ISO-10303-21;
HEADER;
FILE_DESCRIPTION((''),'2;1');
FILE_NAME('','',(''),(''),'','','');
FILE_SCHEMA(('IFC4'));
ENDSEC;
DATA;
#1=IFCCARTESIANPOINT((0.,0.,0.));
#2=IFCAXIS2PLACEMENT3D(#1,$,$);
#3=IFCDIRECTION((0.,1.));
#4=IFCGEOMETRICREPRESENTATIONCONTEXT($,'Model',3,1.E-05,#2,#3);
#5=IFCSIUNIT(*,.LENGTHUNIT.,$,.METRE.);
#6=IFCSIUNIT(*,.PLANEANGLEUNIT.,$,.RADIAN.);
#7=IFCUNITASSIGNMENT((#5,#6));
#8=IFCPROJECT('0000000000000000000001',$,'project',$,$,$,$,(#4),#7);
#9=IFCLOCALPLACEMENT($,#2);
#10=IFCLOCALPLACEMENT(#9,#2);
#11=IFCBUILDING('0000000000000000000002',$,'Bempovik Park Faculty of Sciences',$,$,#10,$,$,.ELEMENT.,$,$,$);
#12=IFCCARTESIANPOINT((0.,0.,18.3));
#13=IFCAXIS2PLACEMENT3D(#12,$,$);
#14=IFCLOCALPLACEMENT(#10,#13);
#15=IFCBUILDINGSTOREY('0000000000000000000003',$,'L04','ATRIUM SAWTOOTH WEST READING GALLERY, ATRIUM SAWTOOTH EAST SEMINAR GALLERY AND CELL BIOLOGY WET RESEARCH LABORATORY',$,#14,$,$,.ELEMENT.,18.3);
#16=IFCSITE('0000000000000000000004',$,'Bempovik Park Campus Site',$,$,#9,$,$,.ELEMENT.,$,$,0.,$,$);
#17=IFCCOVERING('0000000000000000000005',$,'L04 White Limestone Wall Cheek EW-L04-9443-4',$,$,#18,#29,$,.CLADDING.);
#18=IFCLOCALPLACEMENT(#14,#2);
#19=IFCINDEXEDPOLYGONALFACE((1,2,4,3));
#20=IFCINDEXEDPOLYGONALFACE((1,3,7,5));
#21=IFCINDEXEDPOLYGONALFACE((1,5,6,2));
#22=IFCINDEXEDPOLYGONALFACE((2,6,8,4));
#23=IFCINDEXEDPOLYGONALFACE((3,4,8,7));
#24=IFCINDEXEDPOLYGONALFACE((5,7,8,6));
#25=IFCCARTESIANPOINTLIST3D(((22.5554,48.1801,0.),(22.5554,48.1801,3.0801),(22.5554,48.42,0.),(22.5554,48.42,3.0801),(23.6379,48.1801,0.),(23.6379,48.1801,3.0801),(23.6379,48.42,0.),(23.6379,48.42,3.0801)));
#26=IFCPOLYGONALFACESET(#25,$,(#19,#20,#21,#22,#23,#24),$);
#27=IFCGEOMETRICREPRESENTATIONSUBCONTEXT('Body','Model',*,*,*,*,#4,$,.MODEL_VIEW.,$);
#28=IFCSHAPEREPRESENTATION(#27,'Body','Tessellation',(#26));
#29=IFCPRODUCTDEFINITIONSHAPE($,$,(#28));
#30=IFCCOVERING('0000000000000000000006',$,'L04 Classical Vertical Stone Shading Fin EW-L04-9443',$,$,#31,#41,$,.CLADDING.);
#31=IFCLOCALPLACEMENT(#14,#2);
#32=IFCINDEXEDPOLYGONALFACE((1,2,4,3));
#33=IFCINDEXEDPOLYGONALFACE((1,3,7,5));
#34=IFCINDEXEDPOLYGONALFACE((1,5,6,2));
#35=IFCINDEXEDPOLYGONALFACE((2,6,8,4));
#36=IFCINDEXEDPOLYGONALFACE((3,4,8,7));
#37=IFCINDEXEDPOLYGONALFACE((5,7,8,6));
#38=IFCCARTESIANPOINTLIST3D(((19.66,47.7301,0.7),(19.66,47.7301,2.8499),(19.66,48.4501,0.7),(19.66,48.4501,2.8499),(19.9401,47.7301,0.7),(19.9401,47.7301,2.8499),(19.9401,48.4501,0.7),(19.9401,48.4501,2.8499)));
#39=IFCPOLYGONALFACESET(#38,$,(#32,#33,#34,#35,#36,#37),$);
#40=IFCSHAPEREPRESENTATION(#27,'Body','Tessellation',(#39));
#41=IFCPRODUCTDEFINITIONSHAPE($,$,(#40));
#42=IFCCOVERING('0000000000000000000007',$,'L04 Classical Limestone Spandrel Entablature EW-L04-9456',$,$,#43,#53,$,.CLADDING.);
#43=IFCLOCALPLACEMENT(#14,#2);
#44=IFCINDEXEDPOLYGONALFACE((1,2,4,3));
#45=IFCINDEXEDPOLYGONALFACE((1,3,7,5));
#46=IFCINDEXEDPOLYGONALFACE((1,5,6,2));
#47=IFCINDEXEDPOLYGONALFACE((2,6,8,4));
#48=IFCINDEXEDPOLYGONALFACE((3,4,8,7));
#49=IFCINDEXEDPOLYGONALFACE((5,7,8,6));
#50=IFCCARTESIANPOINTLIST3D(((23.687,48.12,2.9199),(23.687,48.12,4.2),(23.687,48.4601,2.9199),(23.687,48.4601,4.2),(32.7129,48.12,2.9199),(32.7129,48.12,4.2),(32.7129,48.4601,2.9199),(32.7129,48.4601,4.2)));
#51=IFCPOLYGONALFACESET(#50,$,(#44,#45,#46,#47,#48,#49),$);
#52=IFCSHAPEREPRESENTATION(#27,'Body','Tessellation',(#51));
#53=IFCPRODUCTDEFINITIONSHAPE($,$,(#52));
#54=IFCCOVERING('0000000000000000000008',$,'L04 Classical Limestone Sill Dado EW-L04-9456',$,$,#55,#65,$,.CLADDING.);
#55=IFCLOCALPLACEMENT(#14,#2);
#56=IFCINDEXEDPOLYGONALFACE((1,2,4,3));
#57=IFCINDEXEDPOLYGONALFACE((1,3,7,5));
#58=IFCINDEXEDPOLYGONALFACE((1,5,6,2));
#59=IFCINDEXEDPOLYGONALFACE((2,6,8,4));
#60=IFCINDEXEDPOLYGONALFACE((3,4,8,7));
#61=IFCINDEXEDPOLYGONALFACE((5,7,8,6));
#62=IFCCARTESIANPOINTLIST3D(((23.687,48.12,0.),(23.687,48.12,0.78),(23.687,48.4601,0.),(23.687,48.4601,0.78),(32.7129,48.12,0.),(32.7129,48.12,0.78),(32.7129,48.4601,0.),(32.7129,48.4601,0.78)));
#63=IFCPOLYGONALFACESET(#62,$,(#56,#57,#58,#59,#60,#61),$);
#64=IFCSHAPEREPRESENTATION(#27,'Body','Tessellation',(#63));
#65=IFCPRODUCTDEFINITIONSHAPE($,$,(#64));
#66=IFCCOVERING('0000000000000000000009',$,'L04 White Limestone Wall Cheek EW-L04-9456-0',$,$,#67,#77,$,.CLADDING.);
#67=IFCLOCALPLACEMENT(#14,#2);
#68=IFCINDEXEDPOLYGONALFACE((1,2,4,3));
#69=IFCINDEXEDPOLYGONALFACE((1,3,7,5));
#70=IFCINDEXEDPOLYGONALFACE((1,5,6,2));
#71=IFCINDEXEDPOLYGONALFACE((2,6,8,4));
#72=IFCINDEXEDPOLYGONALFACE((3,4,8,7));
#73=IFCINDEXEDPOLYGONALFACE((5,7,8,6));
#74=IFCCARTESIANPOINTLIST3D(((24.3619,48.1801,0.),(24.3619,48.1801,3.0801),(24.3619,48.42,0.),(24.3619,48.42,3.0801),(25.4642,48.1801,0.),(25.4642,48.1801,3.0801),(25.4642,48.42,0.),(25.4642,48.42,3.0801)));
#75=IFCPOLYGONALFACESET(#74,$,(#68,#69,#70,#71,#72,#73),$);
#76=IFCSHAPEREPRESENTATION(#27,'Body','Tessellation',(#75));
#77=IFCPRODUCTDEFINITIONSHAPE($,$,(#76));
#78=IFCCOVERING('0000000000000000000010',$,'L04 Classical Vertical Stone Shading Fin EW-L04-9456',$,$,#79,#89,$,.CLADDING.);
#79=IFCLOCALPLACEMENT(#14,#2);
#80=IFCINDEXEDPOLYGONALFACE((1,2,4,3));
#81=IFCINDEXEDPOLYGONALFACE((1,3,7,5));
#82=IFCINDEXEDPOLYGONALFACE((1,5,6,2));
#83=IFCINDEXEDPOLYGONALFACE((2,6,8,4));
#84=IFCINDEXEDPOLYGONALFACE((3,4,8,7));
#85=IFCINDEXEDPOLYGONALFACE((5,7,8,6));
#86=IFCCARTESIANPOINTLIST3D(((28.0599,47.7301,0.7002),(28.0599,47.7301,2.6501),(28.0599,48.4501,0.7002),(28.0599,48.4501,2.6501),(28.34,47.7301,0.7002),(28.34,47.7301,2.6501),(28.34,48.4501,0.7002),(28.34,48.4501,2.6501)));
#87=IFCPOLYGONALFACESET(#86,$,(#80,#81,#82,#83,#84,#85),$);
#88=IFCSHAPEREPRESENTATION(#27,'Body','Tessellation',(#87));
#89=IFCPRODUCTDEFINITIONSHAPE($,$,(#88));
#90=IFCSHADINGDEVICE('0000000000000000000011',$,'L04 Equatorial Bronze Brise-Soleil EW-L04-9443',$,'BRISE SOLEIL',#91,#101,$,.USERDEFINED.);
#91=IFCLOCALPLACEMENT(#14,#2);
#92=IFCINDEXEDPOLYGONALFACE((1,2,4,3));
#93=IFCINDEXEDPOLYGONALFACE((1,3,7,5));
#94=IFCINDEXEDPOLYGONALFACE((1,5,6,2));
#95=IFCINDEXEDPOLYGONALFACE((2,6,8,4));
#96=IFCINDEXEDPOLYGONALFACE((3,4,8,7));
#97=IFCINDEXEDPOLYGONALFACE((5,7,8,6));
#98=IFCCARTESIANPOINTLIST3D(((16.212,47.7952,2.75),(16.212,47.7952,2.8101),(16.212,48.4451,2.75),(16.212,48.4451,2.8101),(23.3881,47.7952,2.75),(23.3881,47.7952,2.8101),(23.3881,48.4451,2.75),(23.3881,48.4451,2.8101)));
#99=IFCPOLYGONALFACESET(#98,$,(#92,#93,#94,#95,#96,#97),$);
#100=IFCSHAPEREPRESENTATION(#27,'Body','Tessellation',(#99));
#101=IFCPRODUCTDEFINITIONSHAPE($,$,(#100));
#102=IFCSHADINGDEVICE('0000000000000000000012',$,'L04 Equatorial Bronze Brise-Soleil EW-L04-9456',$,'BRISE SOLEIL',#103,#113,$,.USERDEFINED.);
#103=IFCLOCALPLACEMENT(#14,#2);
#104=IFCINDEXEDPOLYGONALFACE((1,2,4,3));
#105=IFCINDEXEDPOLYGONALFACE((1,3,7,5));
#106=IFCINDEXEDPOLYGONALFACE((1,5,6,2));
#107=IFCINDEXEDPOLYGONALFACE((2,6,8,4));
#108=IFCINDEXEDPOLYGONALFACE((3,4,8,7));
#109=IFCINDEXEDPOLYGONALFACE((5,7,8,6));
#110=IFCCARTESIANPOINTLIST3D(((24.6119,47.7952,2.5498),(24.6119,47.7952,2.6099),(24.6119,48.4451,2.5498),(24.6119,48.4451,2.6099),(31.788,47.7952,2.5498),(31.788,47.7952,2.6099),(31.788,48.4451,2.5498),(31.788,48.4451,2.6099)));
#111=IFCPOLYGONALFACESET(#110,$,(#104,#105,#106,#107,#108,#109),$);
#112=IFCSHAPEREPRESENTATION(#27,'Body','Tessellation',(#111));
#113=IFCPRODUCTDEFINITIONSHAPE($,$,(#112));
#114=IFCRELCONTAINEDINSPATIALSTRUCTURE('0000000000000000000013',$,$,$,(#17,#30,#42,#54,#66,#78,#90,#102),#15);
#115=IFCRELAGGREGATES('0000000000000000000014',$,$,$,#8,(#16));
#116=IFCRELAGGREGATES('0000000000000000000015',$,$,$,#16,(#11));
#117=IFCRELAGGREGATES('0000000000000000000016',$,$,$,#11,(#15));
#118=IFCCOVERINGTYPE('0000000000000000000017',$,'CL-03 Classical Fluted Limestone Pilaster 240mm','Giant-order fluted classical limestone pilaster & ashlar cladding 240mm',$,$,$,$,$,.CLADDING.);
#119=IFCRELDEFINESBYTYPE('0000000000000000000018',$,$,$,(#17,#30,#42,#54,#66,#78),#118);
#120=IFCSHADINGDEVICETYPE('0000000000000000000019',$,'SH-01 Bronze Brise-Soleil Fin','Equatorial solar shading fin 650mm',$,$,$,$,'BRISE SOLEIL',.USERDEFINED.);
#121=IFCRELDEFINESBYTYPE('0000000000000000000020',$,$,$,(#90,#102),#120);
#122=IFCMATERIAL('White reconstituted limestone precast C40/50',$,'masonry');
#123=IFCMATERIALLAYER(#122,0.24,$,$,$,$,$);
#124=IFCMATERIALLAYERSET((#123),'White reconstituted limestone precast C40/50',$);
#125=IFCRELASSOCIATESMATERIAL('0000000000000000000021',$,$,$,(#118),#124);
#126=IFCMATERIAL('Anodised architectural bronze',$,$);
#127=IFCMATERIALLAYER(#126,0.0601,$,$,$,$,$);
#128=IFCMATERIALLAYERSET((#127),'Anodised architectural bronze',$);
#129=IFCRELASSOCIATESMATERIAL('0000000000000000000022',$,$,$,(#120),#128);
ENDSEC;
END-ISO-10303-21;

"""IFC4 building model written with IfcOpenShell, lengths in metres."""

from ifc_helpers import new_model, si_unit, direction, frame, origin, origin_2d, place, context, subcontext, project, spatial, rectangle, extrude, material, layer, layer_set, type_object, element, save


model = new_model("IFC4")

# Units and contexts
model_context = context("Model", 3, precision=1e-05, world=origin(), true_north=direction((0.0, 1.0)))
body_context = subcontext(model_context, "Body", "Model", "MODEL_VIEW")
ifc_project = project(units=[si_unit("LENGTHUNIT", "METRE"), si_unit("PLANEANGLEUNIT", "RADIAN")], contexts=[model_context])

# Site, building, storey
site_placement = place(None, origin())
site = spatial("IfcSite", under=ifc_project, at=site_placement, Name="Bempovik Park Campus Site", CompositionType="ELEMENT", RefElevation=0.0)
building_placement = place(site_placement, origin())
building = spatial("IfcBuilding", under=site, at=building_placement, Name="Bempovik Park Faculty of Sciences", CompositionType="ELEMENT")
storey_placement = place(building_placement, frame((0.0, 0.0, 18.3)))
storey = spatial("IfcBuildingStorey", under=building, at=storey_placement, Name="L04", Description="ATRIUM SAWTOOTH WEST READING GALLERY, ATRIUM SAWTOOTH EAST SEMINAR GALLERY AND CELL BIOLOGY WET RESEARCH LABORATORY", CompositionType="ELEMENT", Elevation=18.3)

# Coverings
ifc_material_1 = material(Name="White reconstituted limestone precast C40/50", Category="masonry")
ifc_layer_1 = layer(ifc_material_1, 0.24)
ifc_layer_set_1 = layer_set([ifc_layer_1], Name="White reconstituted limestone precast C40/50")
covering_type = type_object("IfcCoveringType", Name="CL-03 Classical Fluted Limestone Pilaster 240mm", Description="Giant-order fluted classical limestone pilaster & ashlar cladding 240mm", PredefinedType="CLADDING", material=ifc_layer_set_1)
covering_1_placement = place(storey_placement, frame((23.0967, 48.3, 0.0), z_axis=(0.0, 0.0, 1.0), x_axis=(1.0, 0.0, 0.0)))
element("IfcCovering", 1, at=covering_1_placement, inside=storey, type_object=covering_type, Name="L04 White Limestone Wall Cheek EW-L04-9443-4", PredefinedType="CLADDING", context=body_context, shape_type="SweptSolid", body=[
    extrude(rectangle(XDim=1.0825, YDim=0.24, at=origin_2d()), origin(), (0.0, 0.0, 1.0), 3.0801),
])
covering_2_placement = place(storey_placement, frame((19.8, 48.0901, 0.7), z_axis=(0.0, 0.0, 1.0), x_axis=(1.0, 0.0, 0.0)))
element("IfcCovering", 2, at=covering_2_placement, inside=storey, type_object=covering_type, Name="L04 Classical Vertical Stone Shading Fin EW-L04-9443", PredefinedType="CLADDING", context=body_context, shape_type="SweptSolid", body=[
    extrude(rectangle(XDim=0.28, YDim=0.72, at=origin_2d()), origin(), (0.0, 0.0, 1.0), 2.1499),
])
covering_3_placement = place(storey_placement, frame((28.2, 48.29, 2.9199), z_axis=(0.0, 0.0, 1.0), x_axis=(1.0, 0.0, 0.0)))
element("IfcCovering", 3, at=covering_3_placement, inside=storey, type_object=covering_type, Name="L04 Classical Limestone Spandrel Entablature EW-L04-9456", PredefinedType="CLADDING", context=body_context, shape_type="SweptSolid", body=[
    extrude(rectangle(XDim=9.0259, YDim=0.3401, at=origin_2d()), origin(), (0.0, 0.0, 1.0), 1.28),
])
covering_4_placement = place(storey_placement, frame((28.2, 48.29, 0.0), z_axis=(0.0, 0.0, 1.0), x_axis=(1.0, 0.0, 0.0)))
element("IfcCovering", 4, at=covering_4_placement, inside=storey, type_object=covering_type, Name="L04 Classical Limestone Sill Dado EW-L04-9456", PredefinedType="CLADDING", context=body_context, shape_type="SweptSolid", body=[
    extrude(rectangle(XDim=9.0259, YDim=0.3401, at=origin_2d()), origin(), (0.0, 0.0, 1.0), 0.78),
])
covering_5_placement = place(storey_placement, frame((24.9131, 48.3, 0.0), z_axis=(0.0, 0.0, 1.0), x_axis=(1.0, 0.0, 0.0)))
element("IfcCovering", 5, at=covering_5_placement, inside=storey, type_object=covering_type, Name="L04 White Limestone Wall Cheek EW-L04-9456-0", PredefinedType="CLADDING", context=body_context, shape_type="SweptSolid", body=[
    extrude(rectangle(XDim=1.1023, YDim=0.24, at=origin_2d()), origin(), (0.0, 0.0, 1.0), 3.0801),
])
covering_6_placement = place(storey_placement, frame((28.2, 48.0901, 0.7002), z_axis=(0.0, 0.0, 1.0), x_axis=(1.0, 0.0, 0.0)))
element("IfcCovering", 6, at=covering_6_placement, inside=storey, type_object=covering_type, Name="L04 Classical Vertical Stone Shading Fin EW-L04-9456", PredefinedType="CLADDING", context=body_context, shape_type="SweptSolid", body=[
    extrude(rectangle(XDim=0.28, YDim=0.72, at=origin_2d()), origin(), (0.0, 0.0, 1.0), 1.95),
])

# Shading devices
ifc_material_2 = material(Name="Anodised architectural bronze")
ifc_layer_2 = layer(ifc_material_2, 0.0601)
ifc_layer_set_2 = layer_set([ifc_layer_2], Name="Anodised architectural bronze")
shading_device_type = type_object("IfcShadingDeviceType", Name="SH-01 Bronze Brise-Soleil Fin", Description="Equatorial solar shading fin 650mm", ElementType="BRISE SOLEIL", PredefinedType="USERDEFINED", material=ifc_layer_set_2)
for number, where, z_axis, x_axis, name in (
    (7, (19.8, 48.1201, 2.75), (0.0, 0.0, 1.0), (1.0, 0.0, 0.0), "L04 Equatorial Bronze Brise-Soleil EW-L04-9443"),
    (8, (28.2, 48.1201, 2.5498), (0.0, 0.0, 1.0), (1.0, 0.0, 0.0), "L04 Equatorial Bronze Brise-Soleil EW-L04-9456"),
):
    element("IfcShadingDevice", number, at=place(storey_placement, frame(where, z_axis=z_axis, x_axis=x_axis)), inside=storey, type_object=shading_device_type, Name=name, ObjectType="BRISE SOLEIL", PredefinedType="USERDEFINED", context=body_context, shape_type="SweptSolid", body=[
        extrude(rectangle(XDim=7.176, YDim=0.6499, at=origin_2d()), origin(), (0.0, 0.0, 1.0), 0.0601),
    ])

save(model, "model.ifc")
